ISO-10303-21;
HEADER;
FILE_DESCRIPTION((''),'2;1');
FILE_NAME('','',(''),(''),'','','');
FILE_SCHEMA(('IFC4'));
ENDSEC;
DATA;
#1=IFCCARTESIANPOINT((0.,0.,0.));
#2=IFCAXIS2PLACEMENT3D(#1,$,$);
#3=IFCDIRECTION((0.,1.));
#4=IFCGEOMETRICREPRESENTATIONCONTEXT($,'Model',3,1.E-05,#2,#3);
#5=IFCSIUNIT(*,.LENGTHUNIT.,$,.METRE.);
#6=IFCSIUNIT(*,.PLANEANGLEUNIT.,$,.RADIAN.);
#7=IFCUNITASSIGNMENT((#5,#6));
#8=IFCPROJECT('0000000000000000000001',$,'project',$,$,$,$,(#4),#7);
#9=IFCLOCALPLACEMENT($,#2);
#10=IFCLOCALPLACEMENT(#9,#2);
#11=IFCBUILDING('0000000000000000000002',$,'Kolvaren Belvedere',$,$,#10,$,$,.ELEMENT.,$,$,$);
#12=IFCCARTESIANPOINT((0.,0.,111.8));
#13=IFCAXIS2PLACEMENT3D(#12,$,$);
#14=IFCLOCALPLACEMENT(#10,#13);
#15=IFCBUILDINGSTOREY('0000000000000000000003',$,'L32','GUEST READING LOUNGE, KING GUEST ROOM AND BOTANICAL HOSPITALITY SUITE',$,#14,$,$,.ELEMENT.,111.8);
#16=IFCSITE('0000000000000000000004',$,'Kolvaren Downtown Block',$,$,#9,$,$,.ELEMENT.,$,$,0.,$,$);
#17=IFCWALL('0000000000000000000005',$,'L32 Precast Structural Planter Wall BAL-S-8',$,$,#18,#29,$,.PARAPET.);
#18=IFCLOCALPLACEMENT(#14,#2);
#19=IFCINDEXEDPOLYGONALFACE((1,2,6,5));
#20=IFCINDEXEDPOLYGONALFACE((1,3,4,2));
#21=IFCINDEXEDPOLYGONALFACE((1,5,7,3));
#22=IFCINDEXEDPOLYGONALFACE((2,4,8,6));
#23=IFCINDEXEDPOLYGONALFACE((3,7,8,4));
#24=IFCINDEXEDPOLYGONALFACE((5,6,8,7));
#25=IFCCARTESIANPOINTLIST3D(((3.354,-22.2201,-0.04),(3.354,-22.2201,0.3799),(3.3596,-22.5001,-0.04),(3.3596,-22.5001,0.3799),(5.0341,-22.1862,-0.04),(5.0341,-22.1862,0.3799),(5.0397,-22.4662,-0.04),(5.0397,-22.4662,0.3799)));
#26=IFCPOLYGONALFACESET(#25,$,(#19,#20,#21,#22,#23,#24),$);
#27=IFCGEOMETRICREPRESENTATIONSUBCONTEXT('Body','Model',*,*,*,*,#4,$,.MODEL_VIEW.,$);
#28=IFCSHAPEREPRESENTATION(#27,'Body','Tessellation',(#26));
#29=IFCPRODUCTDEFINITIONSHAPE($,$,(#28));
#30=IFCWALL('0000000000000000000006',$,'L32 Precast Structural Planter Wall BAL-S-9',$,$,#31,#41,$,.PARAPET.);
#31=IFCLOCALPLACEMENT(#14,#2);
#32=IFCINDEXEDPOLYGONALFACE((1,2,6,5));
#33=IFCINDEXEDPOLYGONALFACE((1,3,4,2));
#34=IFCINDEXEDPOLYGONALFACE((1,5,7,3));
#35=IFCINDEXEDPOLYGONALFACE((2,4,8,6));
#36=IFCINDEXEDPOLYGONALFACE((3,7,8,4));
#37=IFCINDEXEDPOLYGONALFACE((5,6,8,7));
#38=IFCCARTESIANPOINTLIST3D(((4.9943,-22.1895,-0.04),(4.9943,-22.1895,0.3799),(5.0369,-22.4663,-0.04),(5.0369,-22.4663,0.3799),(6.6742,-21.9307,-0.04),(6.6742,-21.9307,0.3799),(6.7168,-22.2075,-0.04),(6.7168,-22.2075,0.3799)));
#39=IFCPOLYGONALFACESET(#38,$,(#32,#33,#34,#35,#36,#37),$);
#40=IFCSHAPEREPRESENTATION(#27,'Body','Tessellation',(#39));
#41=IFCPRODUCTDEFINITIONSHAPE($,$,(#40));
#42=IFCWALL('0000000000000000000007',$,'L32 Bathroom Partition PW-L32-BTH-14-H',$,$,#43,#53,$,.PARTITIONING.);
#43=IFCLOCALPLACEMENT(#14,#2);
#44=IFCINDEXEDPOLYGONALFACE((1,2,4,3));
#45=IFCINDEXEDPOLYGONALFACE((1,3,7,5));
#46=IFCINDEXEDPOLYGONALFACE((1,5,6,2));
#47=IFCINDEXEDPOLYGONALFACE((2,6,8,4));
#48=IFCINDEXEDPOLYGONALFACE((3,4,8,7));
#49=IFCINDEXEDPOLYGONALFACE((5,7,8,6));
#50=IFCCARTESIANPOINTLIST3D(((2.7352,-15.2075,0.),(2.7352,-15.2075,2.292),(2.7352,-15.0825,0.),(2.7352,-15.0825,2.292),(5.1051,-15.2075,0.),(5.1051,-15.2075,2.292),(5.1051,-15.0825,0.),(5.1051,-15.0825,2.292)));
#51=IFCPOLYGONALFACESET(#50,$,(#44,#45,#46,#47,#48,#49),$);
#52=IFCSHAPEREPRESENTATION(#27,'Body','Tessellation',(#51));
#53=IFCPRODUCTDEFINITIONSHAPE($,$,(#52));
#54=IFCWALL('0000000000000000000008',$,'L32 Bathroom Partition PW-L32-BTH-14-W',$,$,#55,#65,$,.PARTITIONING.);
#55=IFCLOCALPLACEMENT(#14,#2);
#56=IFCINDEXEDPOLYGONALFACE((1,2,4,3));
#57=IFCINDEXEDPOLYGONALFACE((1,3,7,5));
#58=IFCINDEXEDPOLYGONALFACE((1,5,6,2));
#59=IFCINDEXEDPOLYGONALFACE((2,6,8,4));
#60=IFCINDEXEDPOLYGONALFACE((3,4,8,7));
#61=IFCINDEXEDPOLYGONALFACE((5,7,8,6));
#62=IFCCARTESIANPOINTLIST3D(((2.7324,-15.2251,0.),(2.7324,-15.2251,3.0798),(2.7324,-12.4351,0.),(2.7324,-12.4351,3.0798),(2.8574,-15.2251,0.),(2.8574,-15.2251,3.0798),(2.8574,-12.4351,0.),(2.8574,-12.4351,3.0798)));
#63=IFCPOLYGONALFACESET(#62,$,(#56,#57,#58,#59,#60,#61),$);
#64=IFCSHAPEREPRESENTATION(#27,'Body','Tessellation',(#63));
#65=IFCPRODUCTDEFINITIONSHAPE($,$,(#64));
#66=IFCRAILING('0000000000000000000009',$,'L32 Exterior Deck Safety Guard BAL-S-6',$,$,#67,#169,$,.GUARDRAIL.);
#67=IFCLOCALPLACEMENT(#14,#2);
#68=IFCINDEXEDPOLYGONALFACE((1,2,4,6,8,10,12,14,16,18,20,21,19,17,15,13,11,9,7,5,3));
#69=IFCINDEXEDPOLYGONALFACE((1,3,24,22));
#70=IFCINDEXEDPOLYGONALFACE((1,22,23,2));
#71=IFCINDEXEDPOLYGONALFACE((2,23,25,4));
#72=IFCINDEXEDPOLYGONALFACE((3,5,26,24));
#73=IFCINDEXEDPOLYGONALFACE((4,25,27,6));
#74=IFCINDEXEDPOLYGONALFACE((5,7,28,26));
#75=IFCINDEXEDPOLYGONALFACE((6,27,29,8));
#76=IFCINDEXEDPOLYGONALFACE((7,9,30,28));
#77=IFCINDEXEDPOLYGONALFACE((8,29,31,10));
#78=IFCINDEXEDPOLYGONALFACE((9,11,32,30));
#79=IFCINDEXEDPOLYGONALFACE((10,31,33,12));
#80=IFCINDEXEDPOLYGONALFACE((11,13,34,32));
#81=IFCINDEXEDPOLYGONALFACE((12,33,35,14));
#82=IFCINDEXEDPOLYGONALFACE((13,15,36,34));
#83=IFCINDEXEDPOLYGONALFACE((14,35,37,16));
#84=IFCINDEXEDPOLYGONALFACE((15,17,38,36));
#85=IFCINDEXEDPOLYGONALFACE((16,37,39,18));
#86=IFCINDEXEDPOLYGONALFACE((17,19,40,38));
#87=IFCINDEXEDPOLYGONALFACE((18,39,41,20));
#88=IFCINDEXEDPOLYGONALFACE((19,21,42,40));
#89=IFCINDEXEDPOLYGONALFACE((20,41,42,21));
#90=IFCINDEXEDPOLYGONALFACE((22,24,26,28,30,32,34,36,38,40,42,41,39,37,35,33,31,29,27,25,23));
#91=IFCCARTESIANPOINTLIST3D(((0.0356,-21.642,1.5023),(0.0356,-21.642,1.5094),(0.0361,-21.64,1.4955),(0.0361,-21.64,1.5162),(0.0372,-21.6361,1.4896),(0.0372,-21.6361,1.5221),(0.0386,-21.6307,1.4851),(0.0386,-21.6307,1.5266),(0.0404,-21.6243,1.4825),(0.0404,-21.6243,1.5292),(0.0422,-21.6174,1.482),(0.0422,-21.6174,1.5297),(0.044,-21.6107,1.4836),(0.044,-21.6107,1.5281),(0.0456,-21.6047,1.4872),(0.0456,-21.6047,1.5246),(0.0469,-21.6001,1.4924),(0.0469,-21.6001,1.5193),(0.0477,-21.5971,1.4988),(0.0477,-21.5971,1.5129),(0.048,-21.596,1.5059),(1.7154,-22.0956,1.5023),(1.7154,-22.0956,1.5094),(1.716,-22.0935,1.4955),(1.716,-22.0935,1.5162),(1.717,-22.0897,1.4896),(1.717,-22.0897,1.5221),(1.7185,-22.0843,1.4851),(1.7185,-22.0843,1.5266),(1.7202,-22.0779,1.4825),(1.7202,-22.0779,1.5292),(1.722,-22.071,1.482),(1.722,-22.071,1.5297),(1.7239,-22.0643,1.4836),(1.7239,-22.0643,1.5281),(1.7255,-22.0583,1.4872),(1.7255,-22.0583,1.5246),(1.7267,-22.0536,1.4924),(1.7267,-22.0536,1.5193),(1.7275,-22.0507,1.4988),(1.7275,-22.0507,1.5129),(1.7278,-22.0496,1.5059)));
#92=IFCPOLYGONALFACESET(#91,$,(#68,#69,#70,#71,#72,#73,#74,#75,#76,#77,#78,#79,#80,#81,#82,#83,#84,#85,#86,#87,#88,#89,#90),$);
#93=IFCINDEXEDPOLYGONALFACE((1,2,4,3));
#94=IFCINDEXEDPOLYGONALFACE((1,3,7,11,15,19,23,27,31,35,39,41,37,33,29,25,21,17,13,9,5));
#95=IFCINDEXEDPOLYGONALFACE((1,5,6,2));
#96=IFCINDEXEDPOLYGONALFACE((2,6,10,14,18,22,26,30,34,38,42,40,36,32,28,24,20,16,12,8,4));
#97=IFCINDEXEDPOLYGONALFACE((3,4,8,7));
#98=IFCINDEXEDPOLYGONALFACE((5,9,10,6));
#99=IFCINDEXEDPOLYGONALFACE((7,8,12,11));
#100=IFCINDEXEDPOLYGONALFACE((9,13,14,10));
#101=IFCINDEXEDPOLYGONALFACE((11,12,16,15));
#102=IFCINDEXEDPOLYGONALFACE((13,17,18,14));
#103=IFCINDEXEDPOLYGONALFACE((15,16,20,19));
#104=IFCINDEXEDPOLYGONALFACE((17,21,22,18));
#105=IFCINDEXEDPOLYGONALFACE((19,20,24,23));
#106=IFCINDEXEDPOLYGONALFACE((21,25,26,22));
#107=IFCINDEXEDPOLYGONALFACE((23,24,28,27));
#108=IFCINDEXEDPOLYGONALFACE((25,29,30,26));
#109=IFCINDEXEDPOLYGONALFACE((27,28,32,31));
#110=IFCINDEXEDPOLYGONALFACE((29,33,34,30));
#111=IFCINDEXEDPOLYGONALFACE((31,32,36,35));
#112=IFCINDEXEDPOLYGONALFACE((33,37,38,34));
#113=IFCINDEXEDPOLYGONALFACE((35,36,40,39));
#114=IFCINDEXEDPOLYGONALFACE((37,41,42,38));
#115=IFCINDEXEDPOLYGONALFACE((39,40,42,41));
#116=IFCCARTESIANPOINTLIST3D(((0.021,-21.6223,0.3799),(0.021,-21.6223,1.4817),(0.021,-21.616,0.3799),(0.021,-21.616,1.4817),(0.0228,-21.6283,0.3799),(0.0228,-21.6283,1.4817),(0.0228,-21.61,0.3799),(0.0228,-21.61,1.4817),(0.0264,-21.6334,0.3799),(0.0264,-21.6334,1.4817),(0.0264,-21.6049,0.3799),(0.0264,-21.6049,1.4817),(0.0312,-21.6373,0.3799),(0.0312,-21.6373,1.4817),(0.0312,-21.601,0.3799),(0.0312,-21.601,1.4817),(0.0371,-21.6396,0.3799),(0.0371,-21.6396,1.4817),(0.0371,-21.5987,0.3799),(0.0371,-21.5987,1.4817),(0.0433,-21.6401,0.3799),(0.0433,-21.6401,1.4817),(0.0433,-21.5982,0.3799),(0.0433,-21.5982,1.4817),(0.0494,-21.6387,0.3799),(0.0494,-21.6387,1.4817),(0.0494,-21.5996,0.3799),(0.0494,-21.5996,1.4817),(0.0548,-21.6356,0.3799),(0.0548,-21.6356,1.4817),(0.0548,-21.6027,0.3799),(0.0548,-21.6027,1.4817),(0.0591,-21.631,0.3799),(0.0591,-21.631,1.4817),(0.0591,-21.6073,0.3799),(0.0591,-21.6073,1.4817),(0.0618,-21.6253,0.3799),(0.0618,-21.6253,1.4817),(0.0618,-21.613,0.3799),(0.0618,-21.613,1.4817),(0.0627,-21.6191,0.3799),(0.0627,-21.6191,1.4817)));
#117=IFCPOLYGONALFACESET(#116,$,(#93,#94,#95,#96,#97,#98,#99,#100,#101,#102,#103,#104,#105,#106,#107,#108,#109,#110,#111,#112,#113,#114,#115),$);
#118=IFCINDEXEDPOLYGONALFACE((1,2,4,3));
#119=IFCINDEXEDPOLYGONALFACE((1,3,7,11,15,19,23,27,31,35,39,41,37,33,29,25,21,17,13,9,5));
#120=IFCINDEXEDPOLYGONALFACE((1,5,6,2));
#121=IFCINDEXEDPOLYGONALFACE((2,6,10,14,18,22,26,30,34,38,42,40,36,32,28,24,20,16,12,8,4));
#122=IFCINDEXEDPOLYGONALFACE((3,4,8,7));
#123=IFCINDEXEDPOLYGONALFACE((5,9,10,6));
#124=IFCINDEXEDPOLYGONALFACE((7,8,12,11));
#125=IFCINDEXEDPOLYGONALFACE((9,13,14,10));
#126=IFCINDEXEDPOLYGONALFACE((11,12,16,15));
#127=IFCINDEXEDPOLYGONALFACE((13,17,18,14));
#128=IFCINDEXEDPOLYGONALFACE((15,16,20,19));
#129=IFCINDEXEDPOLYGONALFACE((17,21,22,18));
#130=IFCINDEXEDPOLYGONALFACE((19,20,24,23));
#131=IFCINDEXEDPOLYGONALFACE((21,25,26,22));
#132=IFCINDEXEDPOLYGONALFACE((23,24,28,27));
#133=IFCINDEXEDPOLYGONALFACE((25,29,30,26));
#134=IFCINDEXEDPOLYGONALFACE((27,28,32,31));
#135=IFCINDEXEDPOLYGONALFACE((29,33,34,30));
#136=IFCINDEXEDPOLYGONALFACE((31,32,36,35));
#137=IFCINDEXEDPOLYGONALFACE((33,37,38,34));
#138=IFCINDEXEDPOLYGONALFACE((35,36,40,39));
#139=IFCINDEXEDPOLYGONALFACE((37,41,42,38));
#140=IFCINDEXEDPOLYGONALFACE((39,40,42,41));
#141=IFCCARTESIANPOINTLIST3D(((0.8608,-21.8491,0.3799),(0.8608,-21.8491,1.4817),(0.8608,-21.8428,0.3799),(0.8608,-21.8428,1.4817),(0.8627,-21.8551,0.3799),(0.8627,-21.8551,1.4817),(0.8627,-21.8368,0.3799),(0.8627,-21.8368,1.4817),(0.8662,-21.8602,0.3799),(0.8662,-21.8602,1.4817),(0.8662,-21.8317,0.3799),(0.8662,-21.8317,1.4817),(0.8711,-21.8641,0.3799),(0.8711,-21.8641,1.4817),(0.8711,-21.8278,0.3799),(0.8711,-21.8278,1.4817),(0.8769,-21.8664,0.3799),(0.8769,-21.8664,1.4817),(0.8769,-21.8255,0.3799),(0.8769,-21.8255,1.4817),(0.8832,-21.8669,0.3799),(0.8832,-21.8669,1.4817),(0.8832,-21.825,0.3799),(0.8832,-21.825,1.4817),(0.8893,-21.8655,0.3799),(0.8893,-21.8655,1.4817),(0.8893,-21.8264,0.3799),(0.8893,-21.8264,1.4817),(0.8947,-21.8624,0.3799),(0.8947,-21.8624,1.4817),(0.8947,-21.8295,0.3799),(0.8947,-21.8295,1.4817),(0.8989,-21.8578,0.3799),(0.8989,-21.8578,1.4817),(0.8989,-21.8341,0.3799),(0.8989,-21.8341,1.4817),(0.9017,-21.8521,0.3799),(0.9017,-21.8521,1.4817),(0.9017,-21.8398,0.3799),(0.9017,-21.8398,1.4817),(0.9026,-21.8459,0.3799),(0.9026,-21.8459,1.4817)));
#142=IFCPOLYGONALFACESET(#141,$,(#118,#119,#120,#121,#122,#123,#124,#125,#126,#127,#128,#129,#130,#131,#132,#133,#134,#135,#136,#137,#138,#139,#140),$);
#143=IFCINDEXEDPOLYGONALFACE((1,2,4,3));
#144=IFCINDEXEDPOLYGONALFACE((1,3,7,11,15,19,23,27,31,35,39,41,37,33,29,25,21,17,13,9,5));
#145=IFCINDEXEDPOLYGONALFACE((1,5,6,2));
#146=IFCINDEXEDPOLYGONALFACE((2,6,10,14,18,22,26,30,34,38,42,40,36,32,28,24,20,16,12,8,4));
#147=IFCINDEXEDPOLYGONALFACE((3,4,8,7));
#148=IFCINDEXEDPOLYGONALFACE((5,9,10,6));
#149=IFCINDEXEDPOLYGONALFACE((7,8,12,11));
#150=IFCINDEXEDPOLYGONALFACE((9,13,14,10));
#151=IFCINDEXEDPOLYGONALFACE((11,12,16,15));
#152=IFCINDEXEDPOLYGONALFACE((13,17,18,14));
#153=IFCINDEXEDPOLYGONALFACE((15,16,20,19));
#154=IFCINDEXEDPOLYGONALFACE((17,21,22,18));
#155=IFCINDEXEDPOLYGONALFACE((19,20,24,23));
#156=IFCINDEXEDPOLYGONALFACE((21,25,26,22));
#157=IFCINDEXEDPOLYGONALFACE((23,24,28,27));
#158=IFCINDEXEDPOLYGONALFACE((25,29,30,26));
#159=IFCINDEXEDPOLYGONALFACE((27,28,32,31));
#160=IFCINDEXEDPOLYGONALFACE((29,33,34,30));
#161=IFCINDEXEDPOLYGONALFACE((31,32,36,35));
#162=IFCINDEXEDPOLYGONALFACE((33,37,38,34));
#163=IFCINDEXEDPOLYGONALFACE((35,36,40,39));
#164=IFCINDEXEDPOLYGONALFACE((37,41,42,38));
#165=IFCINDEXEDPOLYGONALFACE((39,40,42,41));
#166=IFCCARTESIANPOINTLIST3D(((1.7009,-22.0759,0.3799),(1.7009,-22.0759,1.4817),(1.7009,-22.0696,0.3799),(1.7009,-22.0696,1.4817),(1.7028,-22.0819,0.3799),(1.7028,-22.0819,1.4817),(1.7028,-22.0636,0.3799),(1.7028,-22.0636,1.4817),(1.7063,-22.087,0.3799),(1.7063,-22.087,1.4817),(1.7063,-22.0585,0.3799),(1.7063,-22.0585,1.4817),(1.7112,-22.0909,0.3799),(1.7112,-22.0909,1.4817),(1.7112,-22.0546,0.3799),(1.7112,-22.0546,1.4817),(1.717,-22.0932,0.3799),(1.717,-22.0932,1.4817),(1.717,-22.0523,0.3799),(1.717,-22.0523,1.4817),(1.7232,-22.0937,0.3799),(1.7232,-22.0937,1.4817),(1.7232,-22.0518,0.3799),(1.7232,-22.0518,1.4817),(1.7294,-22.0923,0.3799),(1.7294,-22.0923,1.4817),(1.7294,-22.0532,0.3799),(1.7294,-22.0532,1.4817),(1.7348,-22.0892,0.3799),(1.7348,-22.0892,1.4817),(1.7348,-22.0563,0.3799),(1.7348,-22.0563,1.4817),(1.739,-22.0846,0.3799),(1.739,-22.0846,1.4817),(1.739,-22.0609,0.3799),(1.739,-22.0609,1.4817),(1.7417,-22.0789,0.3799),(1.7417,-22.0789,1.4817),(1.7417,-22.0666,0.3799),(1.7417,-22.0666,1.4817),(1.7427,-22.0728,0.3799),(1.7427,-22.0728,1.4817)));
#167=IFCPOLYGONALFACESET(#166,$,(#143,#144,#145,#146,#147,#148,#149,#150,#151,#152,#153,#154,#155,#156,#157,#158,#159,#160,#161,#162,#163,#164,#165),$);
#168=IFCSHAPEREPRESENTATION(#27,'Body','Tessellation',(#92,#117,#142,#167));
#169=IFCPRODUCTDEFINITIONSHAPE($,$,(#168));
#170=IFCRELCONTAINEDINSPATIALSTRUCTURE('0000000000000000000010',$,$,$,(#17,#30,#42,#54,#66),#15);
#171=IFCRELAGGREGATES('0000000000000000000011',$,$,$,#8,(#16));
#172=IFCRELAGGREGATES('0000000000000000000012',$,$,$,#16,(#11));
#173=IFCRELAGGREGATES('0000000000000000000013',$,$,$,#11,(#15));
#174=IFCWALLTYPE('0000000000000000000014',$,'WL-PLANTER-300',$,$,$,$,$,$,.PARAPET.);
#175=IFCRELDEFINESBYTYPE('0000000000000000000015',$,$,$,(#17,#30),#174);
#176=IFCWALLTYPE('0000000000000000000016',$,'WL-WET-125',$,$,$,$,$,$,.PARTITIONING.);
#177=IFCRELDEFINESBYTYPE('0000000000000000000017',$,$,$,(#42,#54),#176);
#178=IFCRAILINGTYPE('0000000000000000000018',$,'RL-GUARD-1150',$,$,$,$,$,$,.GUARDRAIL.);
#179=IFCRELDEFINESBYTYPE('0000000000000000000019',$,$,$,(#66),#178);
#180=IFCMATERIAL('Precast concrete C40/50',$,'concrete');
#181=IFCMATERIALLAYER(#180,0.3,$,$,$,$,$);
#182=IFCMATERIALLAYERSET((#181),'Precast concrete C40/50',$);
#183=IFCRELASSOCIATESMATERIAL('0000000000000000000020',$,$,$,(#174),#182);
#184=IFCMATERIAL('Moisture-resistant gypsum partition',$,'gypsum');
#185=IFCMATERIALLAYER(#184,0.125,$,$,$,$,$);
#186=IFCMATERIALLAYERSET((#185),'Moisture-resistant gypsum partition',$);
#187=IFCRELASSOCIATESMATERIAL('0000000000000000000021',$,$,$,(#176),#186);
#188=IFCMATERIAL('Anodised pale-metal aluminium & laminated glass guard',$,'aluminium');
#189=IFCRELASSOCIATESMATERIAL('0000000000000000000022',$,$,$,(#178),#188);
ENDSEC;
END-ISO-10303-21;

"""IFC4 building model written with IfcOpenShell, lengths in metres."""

from ifc_helpers import new_model, si_unit, direction, frame, frame_2d, origin, origin_2d, place, context, subcontext, project, spatial, rectangle, circle, extrude, material, layer, layer_set, type_object, element, save


model = new_model("IFC4")

# Units and contexts
model_context = context("Model", 3, precision=1e-05, world=origin(), true_north=direction((0.0, 1.0)))
body_context = subcontext(model_context, "Body", "Model", "MODEL_VIEW")
ifc_project = project(units=[si_unit("LENGTHUNIT", "METRE"), si_unit("PLANEANGLEUNIT", "RADIAN")], contexts=[model_context])

# Site, building, storey
site_placement = place(None, origin())
site = spatial("IfcSite", under=ifc_project, at=site_placement, Name="Kolvaren Downtown Block", CompositionType="ELEMENT", RefElevation=0.0)
building_placement = place(site_placement, origin())
building = spatial("IfcBuilding", under=site, at=building_placement, Name="Kolvaren Belvedere", CompositionType="ELEMENT")
storey_placement = place(building_placement, frame((0.0, 0.0, 111.8)))
storey = spatial("IfcBuildingStorey", under=building, at=storey_placement, Name="L32", Description="GUEST READING LOUNGE, KING GUEST ROOM AND BOTANICAL HOSPITALITY SUITE", CompositionType="ELEMENT", Elevation=111.8)

# Walls
ifc_material_1 = material(Name="Precast concrete C40/50", Category="concrete")
ifc_layer_1 = layer(ifc_material_1, 0.3)
ifc_layer_set_1 = layer_set([ifc_layer_1], Name="Precast concrete C40/50")
wall_type_1 = type_object("IfcWallType", Name="WL-PLANTER-300", PredefinedType="PARAPET", material=ifc_layer_set_1)
wall_1_placement = place(storey_placement, frame((3.3567, -22.3601, -0.04), z_axis=(0.0, 0.0, 1.0), x_axis=(0.999796, 0.020193, 0.0)))
element("IfcWall", 1, at=wall_1_placement, inside=storey, type_object=wall_type_1, Name="L32 Precast Structural Planter Wall BAL-S-8", PredefinedType="PARAPET", context=body_context, shape_type="SweptSolid", body=[
    extrude(rectangle(XDim=1.6804, YDim=0.28, at=frame_2d((0.8403, 0.0))), origin(), (0.0, 0.0, 1.0), 0.4199),
])
wall_2_placement = place(storey_placement, frame((5.0156, -22.3279, -0.04), z_axis=(0.0, 0.0, 1.0), x_axis=(0.988342, 0.152251, 0.0)))
element("IfcWall", 2, at=wall_2_placement, inside=storey, type_object=wall_type_1, Name="L32 Precast Structural Planter Wall BAL-S-9", PredefinedType="PARAPET", context=body_context, shape_type="SweptSolid", body=[
    extrude(rectangle(XDim=1.6997, YDim=0.28, at=frame_2d((0.8499, 0.0))), origin(), (0.0, 0.0, 1.0), 0.4199),
])
ifc_material_2 = material(Name="Moisture-resistant gypsum partition", Category="gypsum")
ifc_layer_2 = layer(ifc_material_2, 0.125)
ifc_layer_set_2 = layer_set([ifc_layer_2], Name="Moisture-resistant gypsum partition")
wall_type_2 = type_object("IfcWallType", Name="WL-WET-125", PredefinedType="PARTITIONING", material=ifc_layer_set_2)
wall_3_placement = place(storey_placement, frame((2.7351, -15.145, 0.0), z_axis=(0.0, 0.0, 1.0), x_axis=(1.0, 0.0, 0.0)))
element("IfcWall", 3, at=wall_3_placement, inside=storey, type_object=wall_type_2, Name="L32 Bathroom Partition PW-L32-BTH-14-H", PredefinedType="PARTITIONING", context=body_context, shape_type="SweptSolid", body=[
    extrude(rectangle(XDim=2.3699, YDim=0.125, at=frame_2d((1.1851, 0.0))), origin(), (0.0, 0.0, 1.0), 2.292),
])
wall_4_placement = place(storey_placement, frame((2.7949, -15.2251, 0.0), z_axis=(0.0, 0.0, 1.0), x_axis=(0.0, 1.0, 0.0)))
element("IfcWall", 4, at=wall_4_placement, inside=storey, type_object=wall_type_2, Name="L32 Bathroom Partition PW-L32-BTH-14-W", PredefinedType="PARTITIONING", context=body_context, shape_type="SweptSolid", body=[
    extrude(rectangle(XDim=2.79, YDim=0.125, at=frame_2d((1.395, 0.0))), origin(), (0.0, 0.0, 1.0), 3.0798),
])

# Railing
ifc_material_3 = material(Name="Anodised pale-metal aluminium & laminated glass guard", Category="aluminium")
railing_type = type_object("IfcRailingType", Name="RL-GUARD-1150", PredefinedType="GUARDRAIL", material=ifc_material_3)
railing_1_placement = place(storey_placement, frame((0.0417, -21.6191, 0.3799)))
element("IfcRailing", 5, at=railing_1_placement, inside=storey, type_object=railing_type, Name="L32 Exterior Deck Safety Guard BAL-S-6", PredefinedType="GUARDRAIL", context=body_context, shape_type="SweptSolid", body=[
    extrude(circle(Radius=0.0239, at=origin_2d()), frame((0.0, 0.0, 1.126), z_axis=(0.965424, -0.260683, 0.0), x_axis=(0.260683, 0.965424, 0.0)), (0.0, 0.0, 1.0), 1.74),
    extrude(circle(Radius=0.021, at=origin_2d()), origin(), (0.0, 0.0, 1.0), 1.1018),
    extrude(circle(Radius=0.021, at=origin_2d()), frame((0.8398, -0.2268, 0.0)), (0.0, 0.0, 1.0), 1.1018),
    extrude(circle(Radius=0.021, at=origin_2d()), frame((1.6799, -0.4536, 0.0)), (0.0, 0.0, 1.0), 1.1018),
])

save(model, "model.ifc")
